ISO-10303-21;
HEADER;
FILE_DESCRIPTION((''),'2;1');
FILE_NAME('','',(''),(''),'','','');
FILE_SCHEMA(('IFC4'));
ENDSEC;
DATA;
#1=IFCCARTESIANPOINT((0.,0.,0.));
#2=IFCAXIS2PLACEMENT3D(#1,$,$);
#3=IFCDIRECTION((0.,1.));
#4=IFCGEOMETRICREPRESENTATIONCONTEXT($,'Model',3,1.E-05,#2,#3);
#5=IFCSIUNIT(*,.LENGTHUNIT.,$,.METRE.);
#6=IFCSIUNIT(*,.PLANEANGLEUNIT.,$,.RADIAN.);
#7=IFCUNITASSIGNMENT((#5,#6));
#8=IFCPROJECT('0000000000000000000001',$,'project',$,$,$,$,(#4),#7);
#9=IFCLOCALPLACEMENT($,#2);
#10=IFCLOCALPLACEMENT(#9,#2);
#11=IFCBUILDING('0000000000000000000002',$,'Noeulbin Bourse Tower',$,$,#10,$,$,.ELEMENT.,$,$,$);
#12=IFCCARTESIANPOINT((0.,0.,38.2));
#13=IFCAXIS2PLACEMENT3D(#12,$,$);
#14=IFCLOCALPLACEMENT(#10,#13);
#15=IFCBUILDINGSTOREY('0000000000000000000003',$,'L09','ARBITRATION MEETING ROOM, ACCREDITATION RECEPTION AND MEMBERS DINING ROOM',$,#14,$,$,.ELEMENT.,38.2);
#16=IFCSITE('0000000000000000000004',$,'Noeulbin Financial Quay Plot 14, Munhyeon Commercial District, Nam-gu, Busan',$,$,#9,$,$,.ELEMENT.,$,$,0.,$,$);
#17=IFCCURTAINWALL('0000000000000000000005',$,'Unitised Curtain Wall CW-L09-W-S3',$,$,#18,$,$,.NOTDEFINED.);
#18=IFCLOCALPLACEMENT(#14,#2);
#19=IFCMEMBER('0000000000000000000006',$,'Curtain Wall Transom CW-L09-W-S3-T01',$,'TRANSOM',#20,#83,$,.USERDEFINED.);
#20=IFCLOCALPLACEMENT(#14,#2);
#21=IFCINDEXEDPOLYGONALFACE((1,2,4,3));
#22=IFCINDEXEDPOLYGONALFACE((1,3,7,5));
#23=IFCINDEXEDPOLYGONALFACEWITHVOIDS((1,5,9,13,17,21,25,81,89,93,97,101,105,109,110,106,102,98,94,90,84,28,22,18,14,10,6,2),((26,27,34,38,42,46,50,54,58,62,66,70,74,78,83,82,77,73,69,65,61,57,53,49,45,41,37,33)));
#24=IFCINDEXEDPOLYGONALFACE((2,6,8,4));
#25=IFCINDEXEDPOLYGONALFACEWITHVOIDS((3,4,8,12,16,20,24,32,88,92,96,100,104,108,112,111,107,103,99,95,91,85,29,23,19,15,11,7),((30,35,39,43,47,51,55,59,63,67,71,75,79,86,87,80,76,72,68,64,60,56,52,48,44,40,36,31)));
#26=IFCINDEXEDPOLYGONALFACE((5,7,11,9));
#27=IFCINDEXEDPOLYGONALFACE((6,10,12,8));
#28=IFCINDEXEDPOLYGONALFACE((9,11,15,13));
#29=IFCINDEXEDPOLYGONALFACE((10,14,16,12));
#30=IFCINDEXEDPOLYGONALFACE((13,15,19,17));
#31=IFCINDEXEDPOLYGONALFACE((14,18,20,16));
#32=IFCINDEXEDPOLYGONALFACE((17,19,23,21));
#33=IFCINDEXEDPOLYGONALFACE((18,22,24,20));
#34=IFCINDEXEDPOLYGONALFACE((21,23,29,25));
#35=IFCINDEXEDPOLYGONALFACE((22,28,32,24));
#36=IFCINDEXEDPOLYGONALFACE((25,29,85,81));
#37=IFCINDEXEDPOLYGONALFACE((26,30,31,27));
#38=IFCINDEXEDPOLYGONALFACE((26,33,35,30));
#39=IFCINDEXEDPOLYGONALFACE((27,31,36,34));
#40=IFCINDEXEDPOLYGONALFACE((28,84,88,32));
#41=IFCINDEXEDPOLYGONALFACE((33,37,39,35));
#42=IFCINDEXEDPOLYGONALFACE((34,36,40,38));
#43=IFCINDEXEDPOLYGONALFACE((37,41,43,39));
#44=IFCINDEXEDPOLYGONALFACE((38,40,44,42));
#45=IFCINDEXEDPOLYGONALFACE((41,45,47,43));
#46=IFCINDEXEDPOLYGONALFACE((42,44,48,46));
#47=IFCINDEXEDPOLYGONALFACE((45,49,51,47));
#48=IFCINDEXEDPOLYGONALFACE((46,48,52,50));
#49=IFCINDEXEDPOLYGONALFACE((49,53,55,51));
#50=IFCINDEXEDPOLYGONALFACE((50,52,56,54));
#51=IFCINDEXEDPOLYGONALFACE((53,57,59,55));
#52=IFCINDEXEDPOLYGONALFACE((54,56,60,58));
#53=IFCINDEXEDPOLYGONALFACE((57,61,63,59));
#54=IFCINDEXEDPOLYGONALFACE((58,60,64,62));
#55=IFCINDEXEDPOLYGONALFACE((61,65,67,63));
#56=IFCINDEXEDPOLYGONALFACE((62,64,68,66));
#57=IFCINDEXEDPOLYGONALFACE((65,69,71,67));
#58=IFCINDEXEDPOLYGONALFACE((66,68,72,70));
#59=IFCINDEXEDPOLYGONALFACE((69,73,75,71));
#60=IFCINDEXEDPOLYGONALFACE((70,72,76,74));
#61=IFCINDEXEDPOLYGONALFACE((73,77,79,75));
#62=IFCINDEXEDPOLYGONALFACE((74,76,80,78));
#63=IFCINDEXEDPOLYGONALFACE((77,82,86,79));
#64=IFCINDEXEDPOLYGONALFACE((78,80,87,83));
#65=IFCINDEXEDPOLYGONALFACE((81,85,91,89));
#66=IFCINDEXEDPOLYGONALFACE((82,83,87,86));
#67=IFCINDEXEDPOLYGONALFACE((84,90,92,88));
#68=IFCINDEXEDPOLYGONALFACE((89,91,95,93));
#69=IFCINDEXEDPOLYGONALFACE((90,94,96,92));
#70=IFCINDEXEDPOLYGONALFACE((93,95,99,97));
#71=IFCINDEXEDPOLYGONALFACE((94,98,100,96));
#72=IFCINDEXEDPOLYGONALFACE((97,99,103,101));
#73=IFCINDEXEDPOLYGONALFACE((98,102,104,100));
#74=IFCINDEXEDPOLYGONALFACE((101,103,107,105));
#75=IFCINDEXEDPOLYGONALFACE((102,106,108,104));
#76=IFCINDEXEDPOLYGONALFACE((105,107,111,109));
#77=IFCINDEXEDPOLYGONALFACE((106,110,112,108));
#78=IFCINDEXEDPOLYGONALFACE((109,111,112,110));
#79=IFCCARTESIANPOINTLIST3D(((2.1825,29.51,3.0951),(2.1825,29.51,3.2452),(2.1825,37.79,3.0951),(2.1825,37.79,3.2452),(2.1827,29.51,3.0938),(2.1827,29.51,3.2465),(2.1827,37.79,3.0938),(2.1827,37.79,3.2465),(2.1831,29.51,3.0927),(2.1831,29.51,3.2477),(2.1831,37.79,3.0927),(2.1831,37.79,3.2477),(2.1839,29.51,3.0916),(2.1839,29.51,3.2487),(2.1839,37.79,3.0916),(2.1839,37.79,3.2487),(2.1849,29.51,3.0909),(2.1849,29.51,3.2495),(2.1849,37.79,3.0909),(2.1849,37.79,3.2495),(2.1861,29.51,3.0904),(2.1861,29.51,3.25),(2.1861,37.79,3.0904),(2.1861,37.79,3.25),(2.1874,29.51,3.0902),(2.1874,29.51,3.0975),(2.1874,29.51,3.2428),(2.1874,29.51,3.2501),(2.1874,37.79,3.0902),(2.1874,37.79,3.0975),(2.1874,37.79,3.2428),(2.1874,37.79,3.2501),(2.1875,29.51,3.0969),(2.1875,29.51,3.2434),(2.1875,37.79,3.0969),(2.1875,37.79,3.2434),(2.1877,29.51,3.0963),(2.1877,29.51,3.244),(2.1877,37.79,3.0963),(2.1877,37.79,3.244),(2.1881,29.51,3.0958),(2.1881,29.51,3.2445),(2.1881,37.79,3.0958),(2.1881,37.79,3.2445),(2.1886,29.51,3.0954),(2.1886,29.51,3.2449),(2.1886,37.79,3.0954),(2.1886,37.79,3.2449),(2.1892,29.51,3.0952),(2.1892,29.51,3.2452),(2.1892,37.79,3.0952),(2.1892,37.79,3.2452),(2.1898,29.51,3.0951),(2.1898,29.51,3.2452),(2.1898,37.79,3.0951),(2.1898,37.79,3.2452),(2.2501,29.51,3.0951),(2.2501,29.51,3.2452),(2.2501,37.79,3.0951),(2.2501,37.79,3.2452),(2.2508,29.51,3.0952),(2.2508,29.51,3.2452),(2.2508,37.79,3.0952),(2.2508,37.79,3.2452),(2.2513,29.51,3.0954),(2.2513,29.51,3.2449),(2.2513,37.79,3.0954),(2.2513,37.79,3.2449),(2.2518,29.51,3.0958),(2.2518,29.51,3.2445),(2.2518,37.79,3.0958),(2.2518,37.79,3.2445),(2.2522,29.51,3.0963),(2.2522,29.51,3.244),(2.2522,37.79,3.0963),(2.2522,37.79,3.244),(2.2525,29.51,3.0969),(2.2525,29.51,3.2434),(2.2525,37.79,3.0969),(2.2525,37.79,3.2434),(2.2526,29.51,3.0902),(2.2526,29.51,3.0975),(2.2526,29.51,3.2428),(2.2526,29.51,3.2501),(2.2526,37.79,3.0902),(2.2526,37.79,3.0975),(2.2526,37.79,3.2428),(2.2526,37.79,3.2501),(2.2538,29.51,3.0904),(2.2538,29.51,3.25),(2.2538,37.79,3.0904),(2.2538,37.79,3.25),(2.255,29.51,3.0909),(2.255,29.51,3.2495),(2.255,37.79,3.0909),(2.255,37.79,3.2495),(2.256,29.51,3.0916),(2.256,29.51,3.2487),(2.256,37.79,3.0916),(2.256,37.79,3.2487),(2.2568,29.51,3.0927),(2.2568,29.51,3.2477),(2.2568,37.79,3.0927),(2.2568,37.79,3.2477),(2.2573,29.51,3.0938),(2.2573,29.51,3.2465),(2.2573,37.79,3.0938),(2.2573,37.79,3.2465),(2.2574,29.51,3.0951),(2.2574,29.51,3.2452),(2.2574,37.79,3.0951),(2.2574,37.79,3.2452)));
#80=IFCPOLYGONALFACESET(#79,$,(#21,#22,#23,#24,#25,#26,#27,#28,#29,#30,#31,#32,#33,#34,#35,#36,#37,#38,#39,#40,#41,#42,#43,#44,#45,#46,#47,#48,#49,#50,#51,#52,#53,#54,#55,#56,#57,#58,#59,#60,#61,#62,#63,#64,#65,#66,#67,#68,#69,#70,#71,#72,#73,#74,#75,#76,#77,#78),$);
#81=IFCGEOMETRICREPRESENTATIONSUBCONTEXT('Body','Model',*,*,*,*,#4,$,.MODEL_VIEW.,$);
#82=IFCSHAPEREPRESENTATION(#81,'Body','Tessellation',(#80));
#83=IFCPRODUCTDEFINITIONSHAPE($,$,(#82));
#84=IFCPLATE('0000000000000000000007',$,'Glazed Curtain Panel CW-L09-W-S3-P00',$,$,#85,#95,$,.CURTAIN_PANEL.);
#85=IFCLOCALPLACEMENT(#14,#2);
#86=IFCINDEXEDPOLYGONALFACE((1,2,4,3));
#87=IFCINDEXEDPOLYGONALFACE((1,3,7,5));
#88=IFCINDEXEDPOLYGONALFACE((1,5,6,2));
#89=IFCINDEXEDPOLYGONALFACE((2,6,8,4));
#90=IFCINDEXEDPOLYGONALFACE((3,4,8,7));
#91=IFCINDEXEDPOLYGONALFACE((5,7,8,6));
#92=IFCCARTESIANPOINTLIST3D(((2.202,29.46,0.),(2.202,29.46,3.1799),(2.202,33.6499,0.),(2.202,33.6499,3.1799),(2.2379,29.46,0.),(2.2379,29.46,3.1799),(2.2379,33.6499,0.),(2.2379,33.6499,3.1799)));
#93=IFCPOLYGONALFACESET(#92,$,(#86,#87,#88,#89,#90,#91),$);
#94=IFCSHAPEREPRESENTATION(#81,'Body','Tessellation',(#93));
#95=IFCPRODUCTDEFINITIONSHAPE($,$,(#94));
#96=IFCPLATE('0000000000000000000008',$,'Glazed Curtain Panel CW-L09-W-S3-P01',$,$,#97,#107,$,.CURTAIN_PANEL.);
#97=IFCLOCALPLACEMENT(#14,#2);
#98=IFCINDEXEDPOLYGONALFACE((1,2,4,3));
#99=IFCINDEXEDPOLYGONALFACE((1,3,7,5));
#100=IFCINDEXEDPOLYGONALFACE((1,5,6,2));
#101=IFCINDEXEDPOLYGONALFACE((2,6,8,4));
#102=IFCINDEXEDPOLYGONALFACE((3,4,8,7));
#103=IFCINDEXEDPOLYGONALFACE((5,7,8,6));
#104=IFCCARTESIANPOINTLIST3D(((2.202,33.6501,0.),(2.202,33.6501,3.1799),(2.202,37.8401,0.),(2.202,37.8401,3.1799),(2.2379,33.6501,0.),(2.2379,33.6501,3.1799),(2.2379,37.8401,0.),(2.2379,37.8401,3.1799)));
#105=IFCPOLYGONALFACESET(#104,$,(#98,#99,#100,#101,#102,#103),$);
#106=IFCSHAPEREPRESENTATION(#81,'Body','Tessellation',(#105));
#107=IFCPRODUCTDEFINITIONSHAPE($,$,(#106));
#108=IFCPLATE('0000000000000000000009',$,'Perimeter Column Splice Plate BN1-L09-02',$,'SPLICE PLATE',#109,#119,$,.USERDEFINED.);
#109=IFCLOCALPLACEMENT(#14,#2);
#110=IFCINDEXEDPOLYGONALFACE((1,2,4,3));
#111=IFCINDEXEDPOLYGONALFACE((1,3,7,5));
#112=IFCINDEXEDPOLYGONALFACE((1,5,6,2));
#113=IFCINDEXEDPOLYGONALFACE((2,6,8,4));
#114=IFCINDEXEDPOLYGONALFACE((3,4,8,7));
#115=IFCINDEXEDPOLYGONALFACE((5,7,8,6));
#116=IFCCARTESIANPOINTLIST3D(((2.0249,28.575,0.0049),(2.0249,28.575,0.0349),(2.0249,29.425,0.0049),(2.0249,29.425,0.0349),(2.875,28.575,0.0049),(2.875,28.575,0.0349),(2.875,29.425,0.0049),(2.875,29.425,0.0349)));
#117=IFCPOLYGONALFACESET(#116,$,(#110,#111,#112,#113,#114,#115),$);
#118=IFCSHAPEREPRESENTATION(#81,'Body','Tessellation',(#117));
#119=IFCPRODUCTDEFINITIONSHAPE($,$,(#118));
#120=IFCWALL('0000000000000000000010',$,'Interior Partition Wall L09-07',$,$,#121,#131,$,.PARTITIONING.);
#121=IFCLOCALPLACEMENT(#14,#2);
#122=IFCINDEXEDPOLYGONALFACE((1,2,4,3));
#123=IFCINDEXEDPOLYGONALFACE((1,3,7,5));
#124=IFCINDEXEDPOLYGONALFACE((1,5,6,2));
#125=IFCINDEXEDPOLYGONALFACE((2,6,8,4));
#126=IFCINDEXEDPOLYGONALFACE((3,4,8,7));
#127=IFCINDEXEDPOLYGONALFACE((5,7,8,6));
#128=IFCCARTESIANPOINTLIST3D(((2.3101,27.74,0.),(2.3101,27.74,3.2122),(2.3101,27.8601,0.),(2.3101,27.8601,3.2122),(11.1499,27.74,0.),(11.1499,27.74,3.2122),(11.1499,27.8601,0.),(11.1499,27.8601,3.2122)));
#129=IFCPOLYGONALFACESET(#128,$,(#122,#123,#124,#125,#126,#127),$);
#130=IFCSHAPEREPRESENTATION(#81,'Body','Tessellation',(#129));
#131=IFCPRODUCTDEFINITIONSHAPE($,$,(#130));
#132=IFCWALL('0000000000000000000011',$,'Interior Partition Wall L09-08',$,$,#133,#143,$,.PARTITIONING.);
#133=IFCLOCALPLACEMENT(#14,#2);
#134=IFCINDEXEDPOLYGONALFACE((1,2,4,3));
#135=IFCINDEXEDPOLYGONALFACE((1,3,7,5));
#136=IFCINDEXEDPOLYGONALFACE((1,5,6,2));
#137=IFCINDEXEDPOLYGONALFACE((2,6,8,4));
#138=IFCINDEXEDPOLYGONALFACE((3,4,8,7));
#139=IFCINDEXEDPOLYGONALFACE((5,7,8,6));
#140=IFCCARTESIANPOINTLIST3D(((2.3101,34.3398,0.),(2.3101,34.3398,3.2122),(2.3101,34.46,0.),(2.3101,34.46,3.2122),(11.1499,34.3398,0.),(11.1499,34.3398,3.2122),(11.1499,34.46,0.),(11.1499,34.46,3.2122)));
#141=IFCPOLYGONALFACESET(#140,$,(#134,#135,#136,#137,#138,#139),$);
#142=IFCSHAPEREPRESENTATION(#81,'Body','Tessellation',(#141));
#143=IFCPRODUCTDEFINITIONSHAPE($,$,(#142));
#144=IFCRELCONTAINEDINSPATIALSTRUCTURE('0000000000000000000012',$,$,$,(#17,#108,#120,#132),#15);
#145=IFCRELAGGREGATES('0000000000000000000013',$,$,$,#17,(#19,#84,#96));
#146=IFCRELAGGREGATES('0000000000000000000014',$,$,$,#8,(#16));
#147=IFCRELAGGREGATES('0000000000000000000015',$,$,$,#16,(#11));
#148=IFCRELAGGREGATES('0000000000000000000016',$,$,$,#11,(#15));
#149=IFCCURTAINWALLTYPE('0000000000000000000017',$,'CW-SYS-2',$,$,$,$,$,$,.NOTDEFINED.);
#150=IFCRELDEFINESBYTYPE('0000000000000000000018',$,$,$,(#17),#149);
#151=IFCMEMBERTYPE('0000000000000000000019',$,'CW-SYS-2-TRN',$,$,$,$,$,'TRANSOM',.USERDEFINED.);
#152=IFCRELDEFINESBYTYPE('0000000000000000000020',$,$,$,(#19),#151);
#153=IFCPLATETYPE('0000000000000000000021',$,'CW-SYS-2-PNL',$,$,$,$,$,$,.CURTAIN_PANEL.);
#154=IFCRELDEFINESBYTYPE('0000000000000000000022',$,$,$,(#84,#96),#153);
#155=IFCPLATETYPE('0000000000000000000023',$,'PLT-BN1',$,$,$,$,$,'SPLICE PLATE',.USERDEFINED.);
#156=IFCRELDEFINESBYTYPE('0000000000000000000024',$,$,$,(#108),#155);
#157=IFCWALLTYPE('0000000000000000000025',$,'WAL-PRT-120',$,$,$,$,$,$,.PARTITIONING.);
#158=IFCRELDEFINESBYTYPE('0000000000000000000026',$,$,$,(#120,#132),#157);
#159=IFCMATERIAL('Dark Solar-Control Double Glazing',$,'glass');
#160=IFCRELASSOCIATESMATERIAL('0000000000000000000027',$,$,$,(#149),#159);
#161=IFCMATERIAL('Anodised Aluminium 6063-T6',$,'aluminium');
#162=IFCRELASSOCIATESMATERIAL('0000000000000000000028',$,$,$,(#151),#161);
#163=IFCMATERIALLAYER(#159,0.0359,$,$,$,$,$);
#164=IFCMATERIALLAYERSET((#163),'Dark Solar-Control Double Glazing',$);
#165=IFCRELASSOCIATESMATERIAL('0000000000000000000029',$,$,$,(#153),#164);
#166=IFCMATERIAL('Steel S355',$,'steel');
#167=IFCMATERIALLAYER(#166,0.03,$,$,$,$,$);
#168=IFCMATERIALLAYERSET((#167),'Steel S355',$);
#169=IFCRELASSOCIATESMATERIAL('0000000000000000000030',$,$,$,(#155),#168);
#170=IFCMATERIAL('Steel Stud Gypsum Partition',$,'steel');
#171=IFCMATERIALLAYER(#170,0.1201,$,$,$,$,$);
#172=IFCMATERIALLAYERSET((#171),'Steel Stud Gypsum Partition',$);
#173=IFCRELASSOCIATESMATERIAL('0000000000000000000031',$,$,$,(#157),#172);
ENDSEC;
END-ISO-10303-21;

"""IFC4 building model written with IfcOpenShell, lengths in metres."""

from ifc_helpers import new_model, si_unit, direction, frame, frame_2d, origin, origin_2d, place, context, subcontext, project, spatial, rectangle, hollow_rectangle, extrude, material, layer, layer_set, material_profile, profile_set, type_object, element, aggregate, save


model = new_model("IFC4")

# Units and contexts
model_context = context("Model", 3, precision=1e-05, world=origin(), true_north=direction((0.0, 1.0)))
body_context = subcontext(model_context, "Body", "Model", "MODEL_VIEW")
ifc_project = project(units=[si_unit("LENGTHUNIT", "METRE"), si_unit("PLANEANGLEUNIT", "RADIAN")], contexts=[model_context])

# Site, building, storey
site_placement = place(None, origin())
site = spatial("IfcSite", under=ifc_project, at=site_placement, Name="Noeulbin Financial Quay Plot 14, Munhyeon Commercial District, Nam-gu, Busan", CompositionType="ELEMENT", RefElevation=0.0)
building_placement = place(site_placement, origin())
building = spatial("IfcBuilding", under=site, at=building_placement, Name="Noeulbin Bourse Tower", CompositionType="ELEMENT")
storey_placement = place(building_placement, frame((0.0, 0.0, 38.2)))
storey = spatial("IfcBuildingStorey", under=building, at=storey_placement, Name="L09", Description="ARBITRATION MEETING ROOM, ACCREDITATION RECEPTION AND MEMBERS DINING ROOM", CompositionType="ELEMENT", Elevation=38.2)

# Shared definitions
ifc_material_1 = material(Name="Steel S355", Category="steel")

# Shared definitions
ifc_material_2 = material(Name="Dark Solar-Control Double Glazing", Category="glass")
curtain_wall_type = type_object("IfcCurtainWallType", Name="CW-SYS-2", PredefinedType="NOTDEFINED", material=ifc_material_2)
ifc_material_3 = material(Name="Anodised Aluminium 6063-T6", Category="aluminium")

# Curtain wall, member, plates
curtain_wall_1_placement = place(storey_placement, origin())
curtain_wall_1 = element("IfcCurtainWall", 1, at=curtain_wall_1_placement, inside=storey, type_object=curtain_wall_type, Name="Unitised Curtain Wall CW-L09-W-S3", PredefinedType="NOTDEFINED")
ifc_material_profile_1 = material_profile(ifc_material_3, hollow_rectangle(XDim=0.075, YDim=0.1599, WallThickness=0.0049, InnerFilletRadius=0.0024, OuterFilletRadius=0.0049, at=origin_2d()), Name="ALU-TRAN-75x160x5", Category="LoadBearing")
ifc_profile_set_1 = profile_set([ifc_material_profile_1], Name="Anodised Aluminium 6063-T6")
member_type_1 = type_object("IfcMemberType", Name="CW-SYS-2-TRN", ElementType="TRANSOM", PredefinedType="USERDEFINED", material=ifc_profile_set_1)
member_1_placement = place(storey_placement, frame((2.22, 29.51, 3.1702), z_axis=(0.0, 1.0, 0.0), x_axis=(-1.0, 0.0, 0.0)))
member_1 = element("IfcMember", 2, at=member_1_placement, type_object=member_type_1, Name="Curtain Wall Transom CW-L09-W-S3-T01", ObjectType="TRANSOM", PredefinedType="USERDEFINED", context=body_context, shape_type="SweptSolid", body=[
    extrude(hollow_rectangle(XDim=0.075, YDim=0.1599, WallThickness=0.0049, InnerFilletRadius=0.0024, OuterFilletRadius=0.0049, at=origin_2d()), origin(), (0.0, 0.0, 1.0), 8.28),
])
ifc_layer_1 = layer(ifc_material_2, 0.0359)
ifc_layer_set_1 = layer_set([ifc_layer_1], Name="Dark Solar-Control Double Glazing")
plate_type_1 = type_object("IfcPlateType", Name="CW-SYS-2-PNL", PredefinedType="CURTAIN_PANEL", material=ifc_layer_set_1)
plate_1_placement = place(storey_placement, frame((2.22, 31.5549, 0.0), z_axis=(0.0, 0.0, 1.0), x_axis=(0.0, 1.0, 0.0)))
plate_1 = element("IfcPlate", 3, at=plate_1_placement, type_object=plate_type_1, Name="Glazed Curtain Panel CW-L09-W-S3-P00", PredefinedType="CURTAIN_PANEL", context=body_context, shape_type="SweptSolid", body=[
    extrude(rectangle(XDim=4.1899, YDim=0.0359, at=origin_2d()), origin(), (0.0, 0.0, 1.0), 3.1799),
])
plate_2_placement = place(storey_placement, frame((2.22, 35.7451, 0.0), z_axis=(0.0, 0.0, 1.0), x_axis=(0.0, 1.0, 0.0)))
plate_2 = element("IfcPlate", 4, at=plate_2_placement, type_object=plate_type_1, Name="Glazed Curtain Panel CW-L09-W-S3-P01", PredefinedType="CURTAIN_PANEL", context=body_context, shape_type="SweptSolid", body=[
    extrude(rectangle(XDim=4.1899, YDim=0.0359, at=origin_2d()), origin(), (0.0, 0.0, 1.0), 3.1799),
])
aggregate(curtain_wall_1, [member_1, plate_1, plate_2])

# Plate
ifc_layer_2 = layer(ifc_material_1, 0.03)
ifc_layer_set_2 = layer_set([ifc_layer_2], Name="Steel S355")
plate_type_2 = type_object("IfcPlateType", Name="PLT-BN1", ElementType="SPLICE PLATE", PredefinedType="USERDEFINED", material=ifc_layer_set_2)
plate_3_placement = place(storey_placement, frame((2.45, 29.0, 0.0049), z_axis=(0.0, 0.0, 1.0), x_axis=(1.0, 0.0, 0.0)))
element("IfcPlate", 5, at=plate_3_placement, inside=storey, type_object=plate_type_2, Name="Perimeter Column Splice Plate BN1-L09-02", ObjectType="SPLICE PLATE", PredefinedType="USERDEFINED", context=body_context, shape_type="SweptSolid", body=[
    extrude(rectangle(XDim=0.8501, YDim=0.8501, at=origin_2d()), origin(), (0.0, 0.0, 1.0), 0.03),
])

# Walls
ifc_material_4 = material(Name="Steel Stud Gypsum Partition", Category="steel")
ifc_layer_3 = layer(ifc_material_4, 0.1201)
ifc_layer_set_3 = layer_set([ifc_layer_3], Name="Steel Stud Gypsum Partition")
wall_type = type_object("IfcWallType", Name="WAL-PRT-120", PredefinedType="PARTITIONING", material=ifc_layer_set_3)
for number, where, z_axis, x_axis, name in (
    (6, (2.3101, 27.8, 0.0), (0.0, 0.0, 1.0), (1.0, 0.0, 0.0), "Interior Partition Wall L09-07"),
    (7, (2.3101, 34.3999, 0.0), (0.0, 0.0, 1.0), (1.0, 0.0, 0.0), "Interior Partition Wall L09-08"),
):
    element("IfcWall", number, at=place(storey_placement, frame(where, z_axis=z_axis, x_axis=x_axis)), inside=storey, type_object=wall_type, Name=name, PredefinedType="PARTITIONING", context=body_context, shape_type="SweptSolid", body=[
        extrude(rectangle(XDim=8.8398, YDim=0.1201, at=frame_2d((4.4199, 0.0))), origin(), (0.0, 0.0, 1.0), 3.2122),
    ])

save(model, "model.ifc")
